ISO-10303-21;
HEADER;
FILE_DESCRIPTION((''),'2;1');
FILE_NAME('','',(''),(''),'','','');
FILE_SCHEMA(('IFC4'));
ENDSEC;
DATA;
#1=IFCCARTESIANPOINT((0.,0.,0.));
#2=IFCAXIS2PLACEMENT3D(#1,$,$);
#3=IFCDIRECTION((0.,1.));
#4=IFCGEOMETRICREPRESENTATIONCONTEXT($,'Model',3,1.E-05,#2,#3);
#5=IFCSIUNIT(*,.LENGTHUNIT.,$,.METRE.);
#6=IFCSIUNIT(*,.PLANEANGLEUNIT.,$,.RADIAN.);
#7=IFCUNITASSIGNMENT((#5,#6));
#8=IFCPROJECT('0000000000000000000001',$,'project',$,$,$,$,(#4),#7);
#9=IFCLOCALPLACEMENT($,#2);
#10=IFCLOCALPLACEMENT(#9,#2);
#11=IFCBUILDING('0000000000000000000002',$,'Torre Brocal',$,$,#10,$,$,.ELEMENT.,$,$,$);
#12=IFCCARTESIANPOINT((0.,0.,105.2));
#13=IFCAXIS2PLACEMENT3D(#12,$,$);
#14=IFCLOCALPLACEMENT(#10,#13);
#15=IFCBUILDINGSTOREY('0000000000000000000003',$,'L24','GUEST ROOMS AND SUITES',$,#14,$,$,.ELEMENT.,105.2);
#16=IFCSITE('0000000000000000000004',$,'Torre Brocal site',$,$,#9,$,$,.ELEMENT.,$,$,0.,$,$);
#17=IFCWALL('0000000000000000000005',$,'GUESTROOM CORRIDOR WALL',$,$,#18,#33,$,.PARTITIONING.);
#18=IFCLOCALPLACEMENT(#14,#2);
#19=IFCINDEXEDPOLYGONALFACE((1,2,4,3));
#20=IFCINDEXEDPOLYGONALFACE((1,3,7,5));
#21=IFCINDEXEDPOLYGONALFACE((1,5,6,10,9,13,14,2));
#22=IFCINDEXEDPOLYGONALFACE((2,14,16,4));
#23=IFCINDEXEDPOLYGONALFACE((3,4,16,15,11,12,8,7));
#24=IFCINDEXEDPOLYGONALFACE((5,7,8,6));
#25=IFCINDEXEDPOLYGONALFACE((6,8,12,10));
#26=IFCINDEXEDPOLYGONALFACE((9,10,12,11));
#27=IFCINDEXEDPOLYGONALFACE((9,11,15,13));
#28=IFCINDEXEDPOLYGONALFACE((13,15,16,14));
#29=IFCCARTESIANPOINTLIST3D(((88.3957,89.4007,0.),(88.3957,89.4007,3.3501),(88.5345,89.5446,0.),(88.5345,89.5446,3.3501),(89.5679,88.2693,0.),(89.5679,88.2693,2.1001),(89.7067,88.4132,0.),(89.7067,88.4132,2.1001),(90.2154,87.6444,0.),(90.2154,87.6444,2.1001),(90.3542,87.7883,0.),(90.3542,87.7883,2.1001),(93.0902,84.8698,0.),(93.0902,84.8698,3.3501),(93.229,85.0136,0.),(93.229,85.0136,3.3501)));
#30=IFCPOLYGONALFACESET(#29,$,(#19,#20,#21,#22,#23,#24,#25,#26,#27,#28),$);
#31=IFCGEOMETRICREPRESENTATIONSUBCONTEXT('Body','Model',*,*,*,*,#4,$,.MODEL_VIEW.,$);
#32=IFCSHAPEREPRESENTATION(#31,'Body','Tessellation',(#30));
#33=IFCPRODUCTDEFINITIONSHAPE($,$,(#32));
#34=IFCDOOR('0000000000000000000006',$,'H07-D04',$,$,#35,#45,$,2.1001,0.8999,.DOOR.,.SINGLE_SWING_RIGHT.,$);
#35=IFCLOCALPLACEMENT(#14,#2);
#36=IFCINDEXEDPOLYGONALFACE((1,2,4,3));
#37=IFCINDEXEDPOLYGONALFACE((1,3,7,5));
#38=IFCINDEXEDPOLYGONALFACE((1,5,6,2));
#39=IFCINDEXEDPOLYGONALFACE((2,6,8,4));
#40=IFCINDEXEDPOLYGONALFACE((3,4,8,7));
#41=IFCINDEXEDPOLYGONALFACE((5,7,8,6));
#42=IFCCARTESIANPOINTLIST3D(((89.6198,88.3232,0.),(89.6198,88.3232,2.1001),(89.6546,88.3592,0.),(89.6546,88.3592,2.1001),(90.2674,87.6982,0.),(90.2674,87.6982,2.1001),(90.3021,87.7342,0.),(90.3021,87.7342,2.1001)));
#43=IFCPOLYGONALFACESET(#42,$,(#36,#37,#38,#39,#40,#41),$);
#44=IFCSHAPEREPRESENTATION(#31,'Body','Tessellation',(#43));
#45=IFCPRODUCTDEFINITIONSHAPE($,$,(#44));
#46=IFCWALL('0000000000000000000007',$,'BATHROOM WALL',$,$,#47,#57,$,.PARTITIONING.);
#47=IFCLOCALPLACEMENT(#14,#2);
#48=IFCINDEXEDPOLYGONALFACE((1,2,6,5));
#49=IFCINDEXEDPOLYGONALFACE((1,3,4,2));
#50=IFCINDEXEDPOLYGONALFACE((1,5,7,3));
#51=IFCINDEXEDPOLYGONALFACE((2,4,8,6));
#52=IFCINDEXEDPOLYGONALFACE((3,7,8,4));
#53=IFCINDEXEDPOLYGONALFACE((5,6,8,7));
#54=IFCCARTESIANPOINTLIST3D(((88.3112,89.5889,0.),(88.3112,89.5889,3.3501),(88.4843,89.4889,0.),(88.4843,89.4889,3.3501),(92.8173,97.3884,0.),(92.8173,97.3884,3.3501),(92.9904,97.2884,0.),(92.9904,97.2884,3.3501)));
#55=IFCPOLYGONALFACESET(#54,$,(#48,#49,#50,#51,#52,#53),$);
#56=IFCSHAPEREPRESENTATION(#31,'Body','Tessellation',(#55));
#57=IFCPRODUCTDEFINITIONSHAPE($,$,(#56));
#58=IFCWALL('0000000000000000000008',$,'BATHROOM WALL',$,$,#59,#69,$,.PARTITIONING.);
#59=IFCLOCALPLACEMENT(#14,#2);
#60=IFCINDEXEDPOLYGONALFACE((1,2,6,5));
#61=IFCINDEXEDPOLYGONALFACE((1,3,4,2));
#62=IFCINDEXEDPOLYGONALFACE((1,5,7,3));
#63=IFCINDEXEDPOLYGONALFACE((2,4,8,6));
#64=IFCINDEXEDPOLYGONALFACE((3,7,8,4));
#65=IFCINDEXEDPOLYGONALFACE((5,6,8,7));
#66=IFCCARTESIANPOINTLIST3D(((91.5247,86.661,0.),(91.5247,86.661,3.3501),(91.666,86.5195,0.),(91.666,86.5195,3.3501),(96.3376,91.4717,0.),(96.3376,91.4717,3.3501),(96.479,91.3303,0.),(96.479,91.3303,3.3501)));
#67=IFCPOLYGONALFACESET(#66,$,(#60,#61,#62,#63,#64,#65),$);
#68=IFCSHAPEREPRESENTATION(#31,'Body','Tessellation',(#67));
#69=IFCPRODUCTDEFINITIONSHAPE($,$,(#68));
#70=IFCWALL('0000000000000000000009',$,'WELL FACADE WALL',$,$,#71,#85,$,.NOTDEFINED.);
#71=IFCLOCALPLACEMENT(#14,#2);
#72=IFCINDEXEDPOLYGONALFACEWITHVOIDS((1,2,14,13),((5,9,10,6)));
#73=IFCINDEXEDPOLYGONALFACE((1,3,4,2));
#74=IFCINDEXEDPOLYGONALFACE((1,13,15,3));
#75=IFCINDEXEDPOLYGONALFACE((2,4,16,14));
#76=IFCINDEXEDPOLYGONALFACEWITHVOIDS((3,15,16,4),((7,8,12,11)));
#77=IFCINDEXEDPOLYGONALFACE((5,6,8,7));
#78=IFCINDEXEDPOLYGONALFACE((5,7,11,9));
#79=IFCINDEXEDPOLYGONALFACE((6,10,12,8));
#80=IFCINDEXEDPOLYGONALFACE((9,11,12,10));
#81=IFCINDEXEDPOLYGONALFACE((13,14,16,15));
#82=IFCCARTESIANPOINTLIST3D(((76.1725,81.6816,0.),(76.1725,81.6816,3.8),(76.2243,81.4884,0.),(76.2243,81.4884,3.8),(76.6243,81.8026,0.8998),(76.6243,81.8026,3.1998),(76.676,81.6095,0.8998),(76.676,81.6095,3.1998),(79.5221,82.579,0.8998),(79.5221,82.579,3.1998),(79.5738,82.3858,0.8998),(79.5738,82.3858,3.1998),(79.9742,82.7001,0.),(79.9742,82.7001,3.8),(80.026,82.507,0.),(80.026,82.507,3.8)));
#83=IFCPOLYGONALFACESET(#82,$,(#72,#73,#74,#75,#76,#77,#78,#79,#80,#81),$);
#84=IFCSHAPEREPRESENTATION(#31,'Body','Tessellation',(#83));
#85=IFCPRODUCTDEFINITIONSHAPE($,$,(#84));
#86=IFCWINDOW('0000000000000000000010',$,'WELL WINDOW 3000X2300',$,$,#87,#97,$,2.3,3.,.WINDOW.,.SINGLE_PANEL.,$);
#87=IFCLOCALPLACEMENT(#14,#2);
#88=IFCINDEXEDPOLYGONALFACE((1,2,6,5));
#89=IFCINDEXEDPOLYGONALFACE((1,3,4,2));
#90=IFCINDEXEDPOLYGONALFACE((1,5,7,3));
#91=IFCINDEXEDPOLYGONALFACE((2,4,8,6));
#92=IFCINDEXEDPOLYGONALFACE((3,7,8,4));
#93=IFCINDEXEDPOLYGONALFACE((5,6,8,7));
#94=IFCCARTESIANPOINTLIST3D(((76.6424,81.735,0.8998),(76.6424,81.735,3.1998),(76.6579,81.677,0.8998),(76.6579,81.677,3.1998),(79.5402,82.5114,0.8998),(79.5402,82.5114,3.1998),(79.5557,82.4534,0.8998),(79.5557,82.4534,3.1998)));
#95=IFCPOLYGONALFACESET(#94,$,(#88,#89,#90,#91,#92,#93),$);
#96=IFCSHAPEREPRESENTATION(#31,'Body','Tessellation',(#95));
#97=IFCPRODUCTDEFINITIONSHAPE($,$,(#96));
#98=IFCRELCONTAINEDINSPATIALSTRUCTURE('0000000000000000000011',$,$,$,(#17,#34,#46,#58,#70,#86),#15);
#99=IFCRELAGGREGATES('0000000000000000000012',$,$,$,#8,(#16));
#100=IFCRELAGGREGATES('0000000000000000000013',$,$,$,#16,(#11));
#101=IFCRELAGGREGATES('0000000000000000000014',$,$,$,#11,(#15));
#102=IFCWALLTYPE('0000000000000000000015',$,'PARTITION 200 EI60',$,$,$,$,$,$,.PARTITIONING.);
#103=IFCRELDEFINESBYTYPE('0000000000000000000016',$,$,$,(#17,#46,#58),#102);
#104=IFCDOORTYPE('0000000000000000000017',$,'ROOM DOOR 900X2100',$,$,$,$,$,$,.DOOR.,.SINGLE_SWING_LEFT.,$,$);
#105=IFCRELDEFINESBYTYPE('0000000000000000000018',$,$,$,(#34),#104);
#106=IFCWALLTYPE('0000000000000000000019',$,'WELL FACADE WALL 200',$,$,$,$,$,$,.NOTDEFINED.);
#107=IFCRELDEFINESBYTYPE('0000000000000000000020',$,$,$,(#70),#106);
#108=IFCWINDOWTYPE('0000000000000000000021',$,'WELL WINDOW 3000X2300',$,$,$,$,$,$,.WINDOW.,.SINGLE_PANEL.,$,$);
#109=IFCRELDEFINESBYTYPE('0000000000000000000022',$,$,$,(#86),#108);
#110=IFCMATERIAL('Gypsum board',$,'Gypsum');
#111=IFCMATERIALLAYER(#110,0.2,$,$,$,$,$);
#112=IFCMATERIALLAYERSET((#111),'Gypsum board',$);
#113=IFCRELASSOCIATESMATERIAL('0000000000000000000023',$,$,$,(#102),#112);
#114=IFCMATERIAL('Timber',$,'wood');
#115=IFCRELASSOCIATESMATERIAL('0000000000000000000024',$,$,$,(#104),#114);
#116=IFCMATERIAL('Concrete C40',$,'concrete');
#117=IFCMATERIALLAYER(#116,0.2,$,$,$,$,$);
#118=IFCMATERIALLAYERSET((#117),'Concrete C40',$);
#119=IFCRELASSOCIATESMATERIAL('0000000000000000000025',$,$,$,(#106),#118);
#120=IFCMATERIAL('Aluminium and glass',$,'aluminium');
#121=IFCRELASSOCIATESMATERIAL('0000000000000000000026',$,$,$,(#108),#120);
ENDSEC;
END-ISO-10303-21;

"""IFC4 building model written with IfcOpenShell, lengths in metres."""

from ifc_helpers import new_model, si_unit, direction, frame, frame_2d, origin, place, context, subcontext, project, spatial, rectangle, extrude, material, layer, layer_set, type_object, element, fill, save


model = new_model("IFC4")

# Units and contexts
model_context = context("Model", 3, precision=1e-05, world=origin(), true_north=direction((0.0, 1.0)))
body_context = subcontext(model_context, "Body", "Model", "MODEL_VIEW")
ifc_project = project(units=[si_unit("LENGTHUNIT", "METRE"), si_unit("PLANEANGLEUNIT", "RADIAN")], contexts=[model_context])

# Site, building, storey
site_placement = place(None, origin())
site = spatial("IfcSite", under=ifc_project, at=site_placement, Name="Torre Brocal site", CompositionType="ELEMENT", RefElevation=0.0)
building_placement = place(site_placement, origin())
building = spatial("IfcBuilding", under=site, at=building_placement, Name="Torre Brocal", CompositionType="ELEMENT")
storey_placement = place(building_placement, frame((0.0, 0.0, 105.2)))
storey = spatial("IfcBuildingStorey", under=building, at=storey_placement, Name="L24", Description="GUEST ROOMS AND SUITES", CompositionType="ELEMENT", Elevation=105.2)

# Shared definitions
ifc_material_1 = material(Name="Gypsum board", Category="Gypsum")
ifc_layer_1 = layer(ifc_material_1, 0.2)
ifc_layer_set_1 = layer_set([ifc_layer_1], Name="Gypsum board")
wall_type_1 = type_object("IfcWallType", Name="PARTITION 200 EI60", PredefinedType="PARTITIONING", material=ifc_layer_set_1)

# Wall, opening, door
wall_1_placement = place(storey_placement, frame((88.4651, 89.4727, 0.0), z_axis=(0.0, 0.0, 1.0), x_axis=(0.719531, -0.69446, 0.0)))
wall_1 = element("IfcWall", 1, at=wall_1_placement, inside=storey, type_object=wall_type_1, Name="GUESTROOM CORRIDOR WALL", PredefinedType="PARTITIONING", context=body_context, shape_type="SweptSolid", body=[
    extrude(rectangle(XDim=6.5244, YDim=0.2, at=frame_2d((3.2622, 0.0))), origin(), (0.0, 0.0, 1.0), 3.3501),
])
opening_1_placement = place(wall_1_placement, frame((1.6292, 0.0, 0.0)))
opening_1 = element("IfcOpeningElement", 2, at=opening_1_placement, cuts=wall_1, PredefinedType="OPENING", context=body_context, shape_type="SweptSolid", body=[
    extrude(rectangle(XDim=0.8999, YDim=2.1001, at=frame_2d((0.45, 1.05))), frame((0.0, 0.1099, 0.0), z_axis=(0.0, -1.0, 0.0), x_axis=(1.0, 0.0, 0.0)), (0.0, 0.0, 1.0), 0.22),
])
ifc_material_2 = material(Name="Timber", Category="wood")
door_type_1 = type_object("IfcDoorType", Name="ROOM DOOR 900X2100", OperationType="SINGLE_SWING_LEFT", PredefinedType="DOOR", material=ifc_material_2)
door_1_placement = place(opening_1_placement, origin())
door_1 = element("IfcDoor", 3, at=door_1_placement, inside=storey, type_object=door_type_1, Name="H07-D04", OperationType="SINGLE_SWING_RIGHT", OverallHeight=2.1001, OverallWidth=0.8999, PredefinedType="DOOR", context=body_context, shape_type="SweptSolid", body=[
    extrude(rectangle(XDim=0.8999, YDim=2.1001, at=frame_2d((0.45, 1.05))), frame((0.0, 0.0249, 0.0), z_axis=(0.0, -1.0, 0.0), x_axis=(1.0, 0.0, 0.0)), (0.0, 0.0, 1.0), 0.05),
])
fill(opening_1, door_1)

# Walls
wall_2_placement = place(storey_placement, frame((88.3977, 89.5388, 0.0), z_axis=(0.0, 0.0, 1.0), x_axis=(0.500252, 0.86588, 0.0)))
element("IfcWall", 4, at=wall_2_placement, inside=storey, type_object=wall_type_1, Name="BATHROOM WALL", PredefinedType="PARTITIONING", context=body_context, shape_type="SweptSolid", body=[
    extrude(rectangle(XDim=9.0076, YDim=0.2, at=frame_2d((4.5039, 0.0))), origin(), (0.0, 0.0, 1.0), 3.3501),
])
wall_3_placement = place(storey_placement, frame((91.5955, 86.5903, 0.0), z_axis=(0.0, 0.0, 1.0), x_axis=(0.707268, 0.706945, 0.0)))
element("IfcWall", 5, at=wall_3_placement, inside=storey, type_object=wall_type_1, Name="BATHROOM WALL", PredefinedType="PARTITIONING", context=body_context, shape_type="SweptSolid", body=[
    extrude(rectangle(XDim=6.8049, YDim=0.2, at=frame_2d((3.4023, 0.0))), origin(), (0.0, 0.0, 1.0), 3.3501),
])

# Wall, opening, window
ifc_material_3 = material(Name="Concrete C40", Category="concrete")
ifc_layer_2 = layer(ifc_material_3, 0.2)
ifc_layer_set_2 = layer_set([ifc_layer_2], Name="Concrete C40")
wall_type_2 = type_object("IfcWallType", Name="WELL FACADE WALL 200", PredefinedType="NOTDEFINED", material=ifc_layer_set_2)
wall_4_placement = place(storey_placement, frame((80.0, 82.6035, 0.0), z_axis=(0.0, 0.0, 1.0), x_axis=(-0.965934, -0.25879, 0.0)))
wall_4 = element("IfcWall", 6, at=wall_4_placement, inside=storey, type_object=wall_type_2, Name="WELL FACADE WALL", PredefinedType="NOTDEFINED", context=body_context, shape_type="SweptSolid", body=[
    extrude(rectangle(XDim=3.9358, YDim=0.2, at=frame_2d((1.9678, 0.0))), origin(), (0.0, 0.0, 1.0), 3.8),
])
opening_2_placement = place(wall_4_placement, frame((0.468, 0.0, 0.8999)))
opening_2 = element("IfcOpeningElement", 7, at=opening_2_placement, cuts=wall_4, PredefinedType="OPENING", context=body_context, shape_type="SweptSolid", body=[
    extrude(rectangle(XDim=3.0, YDim=2.3, at=frame_2d((1.5, 1.1499))), frame((0.0, 0.1099, 0.0), z_axis=(0.0, -1.0, 0.0), x_axis=(1.0, 0.0, 0.0)), (0.0, 0.0, 1.0), 0.22),
])
ifc_material_4 = material(Name="Aluminium and glass", Category="aluminium")
window_type = type_object("IfcWindowType", Name="WELL WINDOW 3000X2300", PartitioningType="SINGLE_PANEL", PredefinedType="WINDOW", material=ifc_material_4)
window_placement = place(opening_2_placement, origin())
window = element("IfcWindow", 8, at=window_placement, inside=storey, type_object=window_type, Name="WELL WINDOW 3000X2300", OverallHeight=2.3, OverallWidth=3.0, PartitioningType="SINGLE_PANEL", PredefinedType="WINDOW", context=body_context, shape_type="SweptSolid", body=[
    extrude(rectangle(XDim=3.0, YDim=2.3, at=frame_2d((1.5, 1.1499))), frame((0.0, 0.03, 0.0), z_axis=(0.0, -1.0, 0.0), x_axis=(1.0, 0.0, 0.0)), (0.0, 0.0, 1.0), 0.0601),
])
fill(opening_2, window)

save(model, "model.ifc")
